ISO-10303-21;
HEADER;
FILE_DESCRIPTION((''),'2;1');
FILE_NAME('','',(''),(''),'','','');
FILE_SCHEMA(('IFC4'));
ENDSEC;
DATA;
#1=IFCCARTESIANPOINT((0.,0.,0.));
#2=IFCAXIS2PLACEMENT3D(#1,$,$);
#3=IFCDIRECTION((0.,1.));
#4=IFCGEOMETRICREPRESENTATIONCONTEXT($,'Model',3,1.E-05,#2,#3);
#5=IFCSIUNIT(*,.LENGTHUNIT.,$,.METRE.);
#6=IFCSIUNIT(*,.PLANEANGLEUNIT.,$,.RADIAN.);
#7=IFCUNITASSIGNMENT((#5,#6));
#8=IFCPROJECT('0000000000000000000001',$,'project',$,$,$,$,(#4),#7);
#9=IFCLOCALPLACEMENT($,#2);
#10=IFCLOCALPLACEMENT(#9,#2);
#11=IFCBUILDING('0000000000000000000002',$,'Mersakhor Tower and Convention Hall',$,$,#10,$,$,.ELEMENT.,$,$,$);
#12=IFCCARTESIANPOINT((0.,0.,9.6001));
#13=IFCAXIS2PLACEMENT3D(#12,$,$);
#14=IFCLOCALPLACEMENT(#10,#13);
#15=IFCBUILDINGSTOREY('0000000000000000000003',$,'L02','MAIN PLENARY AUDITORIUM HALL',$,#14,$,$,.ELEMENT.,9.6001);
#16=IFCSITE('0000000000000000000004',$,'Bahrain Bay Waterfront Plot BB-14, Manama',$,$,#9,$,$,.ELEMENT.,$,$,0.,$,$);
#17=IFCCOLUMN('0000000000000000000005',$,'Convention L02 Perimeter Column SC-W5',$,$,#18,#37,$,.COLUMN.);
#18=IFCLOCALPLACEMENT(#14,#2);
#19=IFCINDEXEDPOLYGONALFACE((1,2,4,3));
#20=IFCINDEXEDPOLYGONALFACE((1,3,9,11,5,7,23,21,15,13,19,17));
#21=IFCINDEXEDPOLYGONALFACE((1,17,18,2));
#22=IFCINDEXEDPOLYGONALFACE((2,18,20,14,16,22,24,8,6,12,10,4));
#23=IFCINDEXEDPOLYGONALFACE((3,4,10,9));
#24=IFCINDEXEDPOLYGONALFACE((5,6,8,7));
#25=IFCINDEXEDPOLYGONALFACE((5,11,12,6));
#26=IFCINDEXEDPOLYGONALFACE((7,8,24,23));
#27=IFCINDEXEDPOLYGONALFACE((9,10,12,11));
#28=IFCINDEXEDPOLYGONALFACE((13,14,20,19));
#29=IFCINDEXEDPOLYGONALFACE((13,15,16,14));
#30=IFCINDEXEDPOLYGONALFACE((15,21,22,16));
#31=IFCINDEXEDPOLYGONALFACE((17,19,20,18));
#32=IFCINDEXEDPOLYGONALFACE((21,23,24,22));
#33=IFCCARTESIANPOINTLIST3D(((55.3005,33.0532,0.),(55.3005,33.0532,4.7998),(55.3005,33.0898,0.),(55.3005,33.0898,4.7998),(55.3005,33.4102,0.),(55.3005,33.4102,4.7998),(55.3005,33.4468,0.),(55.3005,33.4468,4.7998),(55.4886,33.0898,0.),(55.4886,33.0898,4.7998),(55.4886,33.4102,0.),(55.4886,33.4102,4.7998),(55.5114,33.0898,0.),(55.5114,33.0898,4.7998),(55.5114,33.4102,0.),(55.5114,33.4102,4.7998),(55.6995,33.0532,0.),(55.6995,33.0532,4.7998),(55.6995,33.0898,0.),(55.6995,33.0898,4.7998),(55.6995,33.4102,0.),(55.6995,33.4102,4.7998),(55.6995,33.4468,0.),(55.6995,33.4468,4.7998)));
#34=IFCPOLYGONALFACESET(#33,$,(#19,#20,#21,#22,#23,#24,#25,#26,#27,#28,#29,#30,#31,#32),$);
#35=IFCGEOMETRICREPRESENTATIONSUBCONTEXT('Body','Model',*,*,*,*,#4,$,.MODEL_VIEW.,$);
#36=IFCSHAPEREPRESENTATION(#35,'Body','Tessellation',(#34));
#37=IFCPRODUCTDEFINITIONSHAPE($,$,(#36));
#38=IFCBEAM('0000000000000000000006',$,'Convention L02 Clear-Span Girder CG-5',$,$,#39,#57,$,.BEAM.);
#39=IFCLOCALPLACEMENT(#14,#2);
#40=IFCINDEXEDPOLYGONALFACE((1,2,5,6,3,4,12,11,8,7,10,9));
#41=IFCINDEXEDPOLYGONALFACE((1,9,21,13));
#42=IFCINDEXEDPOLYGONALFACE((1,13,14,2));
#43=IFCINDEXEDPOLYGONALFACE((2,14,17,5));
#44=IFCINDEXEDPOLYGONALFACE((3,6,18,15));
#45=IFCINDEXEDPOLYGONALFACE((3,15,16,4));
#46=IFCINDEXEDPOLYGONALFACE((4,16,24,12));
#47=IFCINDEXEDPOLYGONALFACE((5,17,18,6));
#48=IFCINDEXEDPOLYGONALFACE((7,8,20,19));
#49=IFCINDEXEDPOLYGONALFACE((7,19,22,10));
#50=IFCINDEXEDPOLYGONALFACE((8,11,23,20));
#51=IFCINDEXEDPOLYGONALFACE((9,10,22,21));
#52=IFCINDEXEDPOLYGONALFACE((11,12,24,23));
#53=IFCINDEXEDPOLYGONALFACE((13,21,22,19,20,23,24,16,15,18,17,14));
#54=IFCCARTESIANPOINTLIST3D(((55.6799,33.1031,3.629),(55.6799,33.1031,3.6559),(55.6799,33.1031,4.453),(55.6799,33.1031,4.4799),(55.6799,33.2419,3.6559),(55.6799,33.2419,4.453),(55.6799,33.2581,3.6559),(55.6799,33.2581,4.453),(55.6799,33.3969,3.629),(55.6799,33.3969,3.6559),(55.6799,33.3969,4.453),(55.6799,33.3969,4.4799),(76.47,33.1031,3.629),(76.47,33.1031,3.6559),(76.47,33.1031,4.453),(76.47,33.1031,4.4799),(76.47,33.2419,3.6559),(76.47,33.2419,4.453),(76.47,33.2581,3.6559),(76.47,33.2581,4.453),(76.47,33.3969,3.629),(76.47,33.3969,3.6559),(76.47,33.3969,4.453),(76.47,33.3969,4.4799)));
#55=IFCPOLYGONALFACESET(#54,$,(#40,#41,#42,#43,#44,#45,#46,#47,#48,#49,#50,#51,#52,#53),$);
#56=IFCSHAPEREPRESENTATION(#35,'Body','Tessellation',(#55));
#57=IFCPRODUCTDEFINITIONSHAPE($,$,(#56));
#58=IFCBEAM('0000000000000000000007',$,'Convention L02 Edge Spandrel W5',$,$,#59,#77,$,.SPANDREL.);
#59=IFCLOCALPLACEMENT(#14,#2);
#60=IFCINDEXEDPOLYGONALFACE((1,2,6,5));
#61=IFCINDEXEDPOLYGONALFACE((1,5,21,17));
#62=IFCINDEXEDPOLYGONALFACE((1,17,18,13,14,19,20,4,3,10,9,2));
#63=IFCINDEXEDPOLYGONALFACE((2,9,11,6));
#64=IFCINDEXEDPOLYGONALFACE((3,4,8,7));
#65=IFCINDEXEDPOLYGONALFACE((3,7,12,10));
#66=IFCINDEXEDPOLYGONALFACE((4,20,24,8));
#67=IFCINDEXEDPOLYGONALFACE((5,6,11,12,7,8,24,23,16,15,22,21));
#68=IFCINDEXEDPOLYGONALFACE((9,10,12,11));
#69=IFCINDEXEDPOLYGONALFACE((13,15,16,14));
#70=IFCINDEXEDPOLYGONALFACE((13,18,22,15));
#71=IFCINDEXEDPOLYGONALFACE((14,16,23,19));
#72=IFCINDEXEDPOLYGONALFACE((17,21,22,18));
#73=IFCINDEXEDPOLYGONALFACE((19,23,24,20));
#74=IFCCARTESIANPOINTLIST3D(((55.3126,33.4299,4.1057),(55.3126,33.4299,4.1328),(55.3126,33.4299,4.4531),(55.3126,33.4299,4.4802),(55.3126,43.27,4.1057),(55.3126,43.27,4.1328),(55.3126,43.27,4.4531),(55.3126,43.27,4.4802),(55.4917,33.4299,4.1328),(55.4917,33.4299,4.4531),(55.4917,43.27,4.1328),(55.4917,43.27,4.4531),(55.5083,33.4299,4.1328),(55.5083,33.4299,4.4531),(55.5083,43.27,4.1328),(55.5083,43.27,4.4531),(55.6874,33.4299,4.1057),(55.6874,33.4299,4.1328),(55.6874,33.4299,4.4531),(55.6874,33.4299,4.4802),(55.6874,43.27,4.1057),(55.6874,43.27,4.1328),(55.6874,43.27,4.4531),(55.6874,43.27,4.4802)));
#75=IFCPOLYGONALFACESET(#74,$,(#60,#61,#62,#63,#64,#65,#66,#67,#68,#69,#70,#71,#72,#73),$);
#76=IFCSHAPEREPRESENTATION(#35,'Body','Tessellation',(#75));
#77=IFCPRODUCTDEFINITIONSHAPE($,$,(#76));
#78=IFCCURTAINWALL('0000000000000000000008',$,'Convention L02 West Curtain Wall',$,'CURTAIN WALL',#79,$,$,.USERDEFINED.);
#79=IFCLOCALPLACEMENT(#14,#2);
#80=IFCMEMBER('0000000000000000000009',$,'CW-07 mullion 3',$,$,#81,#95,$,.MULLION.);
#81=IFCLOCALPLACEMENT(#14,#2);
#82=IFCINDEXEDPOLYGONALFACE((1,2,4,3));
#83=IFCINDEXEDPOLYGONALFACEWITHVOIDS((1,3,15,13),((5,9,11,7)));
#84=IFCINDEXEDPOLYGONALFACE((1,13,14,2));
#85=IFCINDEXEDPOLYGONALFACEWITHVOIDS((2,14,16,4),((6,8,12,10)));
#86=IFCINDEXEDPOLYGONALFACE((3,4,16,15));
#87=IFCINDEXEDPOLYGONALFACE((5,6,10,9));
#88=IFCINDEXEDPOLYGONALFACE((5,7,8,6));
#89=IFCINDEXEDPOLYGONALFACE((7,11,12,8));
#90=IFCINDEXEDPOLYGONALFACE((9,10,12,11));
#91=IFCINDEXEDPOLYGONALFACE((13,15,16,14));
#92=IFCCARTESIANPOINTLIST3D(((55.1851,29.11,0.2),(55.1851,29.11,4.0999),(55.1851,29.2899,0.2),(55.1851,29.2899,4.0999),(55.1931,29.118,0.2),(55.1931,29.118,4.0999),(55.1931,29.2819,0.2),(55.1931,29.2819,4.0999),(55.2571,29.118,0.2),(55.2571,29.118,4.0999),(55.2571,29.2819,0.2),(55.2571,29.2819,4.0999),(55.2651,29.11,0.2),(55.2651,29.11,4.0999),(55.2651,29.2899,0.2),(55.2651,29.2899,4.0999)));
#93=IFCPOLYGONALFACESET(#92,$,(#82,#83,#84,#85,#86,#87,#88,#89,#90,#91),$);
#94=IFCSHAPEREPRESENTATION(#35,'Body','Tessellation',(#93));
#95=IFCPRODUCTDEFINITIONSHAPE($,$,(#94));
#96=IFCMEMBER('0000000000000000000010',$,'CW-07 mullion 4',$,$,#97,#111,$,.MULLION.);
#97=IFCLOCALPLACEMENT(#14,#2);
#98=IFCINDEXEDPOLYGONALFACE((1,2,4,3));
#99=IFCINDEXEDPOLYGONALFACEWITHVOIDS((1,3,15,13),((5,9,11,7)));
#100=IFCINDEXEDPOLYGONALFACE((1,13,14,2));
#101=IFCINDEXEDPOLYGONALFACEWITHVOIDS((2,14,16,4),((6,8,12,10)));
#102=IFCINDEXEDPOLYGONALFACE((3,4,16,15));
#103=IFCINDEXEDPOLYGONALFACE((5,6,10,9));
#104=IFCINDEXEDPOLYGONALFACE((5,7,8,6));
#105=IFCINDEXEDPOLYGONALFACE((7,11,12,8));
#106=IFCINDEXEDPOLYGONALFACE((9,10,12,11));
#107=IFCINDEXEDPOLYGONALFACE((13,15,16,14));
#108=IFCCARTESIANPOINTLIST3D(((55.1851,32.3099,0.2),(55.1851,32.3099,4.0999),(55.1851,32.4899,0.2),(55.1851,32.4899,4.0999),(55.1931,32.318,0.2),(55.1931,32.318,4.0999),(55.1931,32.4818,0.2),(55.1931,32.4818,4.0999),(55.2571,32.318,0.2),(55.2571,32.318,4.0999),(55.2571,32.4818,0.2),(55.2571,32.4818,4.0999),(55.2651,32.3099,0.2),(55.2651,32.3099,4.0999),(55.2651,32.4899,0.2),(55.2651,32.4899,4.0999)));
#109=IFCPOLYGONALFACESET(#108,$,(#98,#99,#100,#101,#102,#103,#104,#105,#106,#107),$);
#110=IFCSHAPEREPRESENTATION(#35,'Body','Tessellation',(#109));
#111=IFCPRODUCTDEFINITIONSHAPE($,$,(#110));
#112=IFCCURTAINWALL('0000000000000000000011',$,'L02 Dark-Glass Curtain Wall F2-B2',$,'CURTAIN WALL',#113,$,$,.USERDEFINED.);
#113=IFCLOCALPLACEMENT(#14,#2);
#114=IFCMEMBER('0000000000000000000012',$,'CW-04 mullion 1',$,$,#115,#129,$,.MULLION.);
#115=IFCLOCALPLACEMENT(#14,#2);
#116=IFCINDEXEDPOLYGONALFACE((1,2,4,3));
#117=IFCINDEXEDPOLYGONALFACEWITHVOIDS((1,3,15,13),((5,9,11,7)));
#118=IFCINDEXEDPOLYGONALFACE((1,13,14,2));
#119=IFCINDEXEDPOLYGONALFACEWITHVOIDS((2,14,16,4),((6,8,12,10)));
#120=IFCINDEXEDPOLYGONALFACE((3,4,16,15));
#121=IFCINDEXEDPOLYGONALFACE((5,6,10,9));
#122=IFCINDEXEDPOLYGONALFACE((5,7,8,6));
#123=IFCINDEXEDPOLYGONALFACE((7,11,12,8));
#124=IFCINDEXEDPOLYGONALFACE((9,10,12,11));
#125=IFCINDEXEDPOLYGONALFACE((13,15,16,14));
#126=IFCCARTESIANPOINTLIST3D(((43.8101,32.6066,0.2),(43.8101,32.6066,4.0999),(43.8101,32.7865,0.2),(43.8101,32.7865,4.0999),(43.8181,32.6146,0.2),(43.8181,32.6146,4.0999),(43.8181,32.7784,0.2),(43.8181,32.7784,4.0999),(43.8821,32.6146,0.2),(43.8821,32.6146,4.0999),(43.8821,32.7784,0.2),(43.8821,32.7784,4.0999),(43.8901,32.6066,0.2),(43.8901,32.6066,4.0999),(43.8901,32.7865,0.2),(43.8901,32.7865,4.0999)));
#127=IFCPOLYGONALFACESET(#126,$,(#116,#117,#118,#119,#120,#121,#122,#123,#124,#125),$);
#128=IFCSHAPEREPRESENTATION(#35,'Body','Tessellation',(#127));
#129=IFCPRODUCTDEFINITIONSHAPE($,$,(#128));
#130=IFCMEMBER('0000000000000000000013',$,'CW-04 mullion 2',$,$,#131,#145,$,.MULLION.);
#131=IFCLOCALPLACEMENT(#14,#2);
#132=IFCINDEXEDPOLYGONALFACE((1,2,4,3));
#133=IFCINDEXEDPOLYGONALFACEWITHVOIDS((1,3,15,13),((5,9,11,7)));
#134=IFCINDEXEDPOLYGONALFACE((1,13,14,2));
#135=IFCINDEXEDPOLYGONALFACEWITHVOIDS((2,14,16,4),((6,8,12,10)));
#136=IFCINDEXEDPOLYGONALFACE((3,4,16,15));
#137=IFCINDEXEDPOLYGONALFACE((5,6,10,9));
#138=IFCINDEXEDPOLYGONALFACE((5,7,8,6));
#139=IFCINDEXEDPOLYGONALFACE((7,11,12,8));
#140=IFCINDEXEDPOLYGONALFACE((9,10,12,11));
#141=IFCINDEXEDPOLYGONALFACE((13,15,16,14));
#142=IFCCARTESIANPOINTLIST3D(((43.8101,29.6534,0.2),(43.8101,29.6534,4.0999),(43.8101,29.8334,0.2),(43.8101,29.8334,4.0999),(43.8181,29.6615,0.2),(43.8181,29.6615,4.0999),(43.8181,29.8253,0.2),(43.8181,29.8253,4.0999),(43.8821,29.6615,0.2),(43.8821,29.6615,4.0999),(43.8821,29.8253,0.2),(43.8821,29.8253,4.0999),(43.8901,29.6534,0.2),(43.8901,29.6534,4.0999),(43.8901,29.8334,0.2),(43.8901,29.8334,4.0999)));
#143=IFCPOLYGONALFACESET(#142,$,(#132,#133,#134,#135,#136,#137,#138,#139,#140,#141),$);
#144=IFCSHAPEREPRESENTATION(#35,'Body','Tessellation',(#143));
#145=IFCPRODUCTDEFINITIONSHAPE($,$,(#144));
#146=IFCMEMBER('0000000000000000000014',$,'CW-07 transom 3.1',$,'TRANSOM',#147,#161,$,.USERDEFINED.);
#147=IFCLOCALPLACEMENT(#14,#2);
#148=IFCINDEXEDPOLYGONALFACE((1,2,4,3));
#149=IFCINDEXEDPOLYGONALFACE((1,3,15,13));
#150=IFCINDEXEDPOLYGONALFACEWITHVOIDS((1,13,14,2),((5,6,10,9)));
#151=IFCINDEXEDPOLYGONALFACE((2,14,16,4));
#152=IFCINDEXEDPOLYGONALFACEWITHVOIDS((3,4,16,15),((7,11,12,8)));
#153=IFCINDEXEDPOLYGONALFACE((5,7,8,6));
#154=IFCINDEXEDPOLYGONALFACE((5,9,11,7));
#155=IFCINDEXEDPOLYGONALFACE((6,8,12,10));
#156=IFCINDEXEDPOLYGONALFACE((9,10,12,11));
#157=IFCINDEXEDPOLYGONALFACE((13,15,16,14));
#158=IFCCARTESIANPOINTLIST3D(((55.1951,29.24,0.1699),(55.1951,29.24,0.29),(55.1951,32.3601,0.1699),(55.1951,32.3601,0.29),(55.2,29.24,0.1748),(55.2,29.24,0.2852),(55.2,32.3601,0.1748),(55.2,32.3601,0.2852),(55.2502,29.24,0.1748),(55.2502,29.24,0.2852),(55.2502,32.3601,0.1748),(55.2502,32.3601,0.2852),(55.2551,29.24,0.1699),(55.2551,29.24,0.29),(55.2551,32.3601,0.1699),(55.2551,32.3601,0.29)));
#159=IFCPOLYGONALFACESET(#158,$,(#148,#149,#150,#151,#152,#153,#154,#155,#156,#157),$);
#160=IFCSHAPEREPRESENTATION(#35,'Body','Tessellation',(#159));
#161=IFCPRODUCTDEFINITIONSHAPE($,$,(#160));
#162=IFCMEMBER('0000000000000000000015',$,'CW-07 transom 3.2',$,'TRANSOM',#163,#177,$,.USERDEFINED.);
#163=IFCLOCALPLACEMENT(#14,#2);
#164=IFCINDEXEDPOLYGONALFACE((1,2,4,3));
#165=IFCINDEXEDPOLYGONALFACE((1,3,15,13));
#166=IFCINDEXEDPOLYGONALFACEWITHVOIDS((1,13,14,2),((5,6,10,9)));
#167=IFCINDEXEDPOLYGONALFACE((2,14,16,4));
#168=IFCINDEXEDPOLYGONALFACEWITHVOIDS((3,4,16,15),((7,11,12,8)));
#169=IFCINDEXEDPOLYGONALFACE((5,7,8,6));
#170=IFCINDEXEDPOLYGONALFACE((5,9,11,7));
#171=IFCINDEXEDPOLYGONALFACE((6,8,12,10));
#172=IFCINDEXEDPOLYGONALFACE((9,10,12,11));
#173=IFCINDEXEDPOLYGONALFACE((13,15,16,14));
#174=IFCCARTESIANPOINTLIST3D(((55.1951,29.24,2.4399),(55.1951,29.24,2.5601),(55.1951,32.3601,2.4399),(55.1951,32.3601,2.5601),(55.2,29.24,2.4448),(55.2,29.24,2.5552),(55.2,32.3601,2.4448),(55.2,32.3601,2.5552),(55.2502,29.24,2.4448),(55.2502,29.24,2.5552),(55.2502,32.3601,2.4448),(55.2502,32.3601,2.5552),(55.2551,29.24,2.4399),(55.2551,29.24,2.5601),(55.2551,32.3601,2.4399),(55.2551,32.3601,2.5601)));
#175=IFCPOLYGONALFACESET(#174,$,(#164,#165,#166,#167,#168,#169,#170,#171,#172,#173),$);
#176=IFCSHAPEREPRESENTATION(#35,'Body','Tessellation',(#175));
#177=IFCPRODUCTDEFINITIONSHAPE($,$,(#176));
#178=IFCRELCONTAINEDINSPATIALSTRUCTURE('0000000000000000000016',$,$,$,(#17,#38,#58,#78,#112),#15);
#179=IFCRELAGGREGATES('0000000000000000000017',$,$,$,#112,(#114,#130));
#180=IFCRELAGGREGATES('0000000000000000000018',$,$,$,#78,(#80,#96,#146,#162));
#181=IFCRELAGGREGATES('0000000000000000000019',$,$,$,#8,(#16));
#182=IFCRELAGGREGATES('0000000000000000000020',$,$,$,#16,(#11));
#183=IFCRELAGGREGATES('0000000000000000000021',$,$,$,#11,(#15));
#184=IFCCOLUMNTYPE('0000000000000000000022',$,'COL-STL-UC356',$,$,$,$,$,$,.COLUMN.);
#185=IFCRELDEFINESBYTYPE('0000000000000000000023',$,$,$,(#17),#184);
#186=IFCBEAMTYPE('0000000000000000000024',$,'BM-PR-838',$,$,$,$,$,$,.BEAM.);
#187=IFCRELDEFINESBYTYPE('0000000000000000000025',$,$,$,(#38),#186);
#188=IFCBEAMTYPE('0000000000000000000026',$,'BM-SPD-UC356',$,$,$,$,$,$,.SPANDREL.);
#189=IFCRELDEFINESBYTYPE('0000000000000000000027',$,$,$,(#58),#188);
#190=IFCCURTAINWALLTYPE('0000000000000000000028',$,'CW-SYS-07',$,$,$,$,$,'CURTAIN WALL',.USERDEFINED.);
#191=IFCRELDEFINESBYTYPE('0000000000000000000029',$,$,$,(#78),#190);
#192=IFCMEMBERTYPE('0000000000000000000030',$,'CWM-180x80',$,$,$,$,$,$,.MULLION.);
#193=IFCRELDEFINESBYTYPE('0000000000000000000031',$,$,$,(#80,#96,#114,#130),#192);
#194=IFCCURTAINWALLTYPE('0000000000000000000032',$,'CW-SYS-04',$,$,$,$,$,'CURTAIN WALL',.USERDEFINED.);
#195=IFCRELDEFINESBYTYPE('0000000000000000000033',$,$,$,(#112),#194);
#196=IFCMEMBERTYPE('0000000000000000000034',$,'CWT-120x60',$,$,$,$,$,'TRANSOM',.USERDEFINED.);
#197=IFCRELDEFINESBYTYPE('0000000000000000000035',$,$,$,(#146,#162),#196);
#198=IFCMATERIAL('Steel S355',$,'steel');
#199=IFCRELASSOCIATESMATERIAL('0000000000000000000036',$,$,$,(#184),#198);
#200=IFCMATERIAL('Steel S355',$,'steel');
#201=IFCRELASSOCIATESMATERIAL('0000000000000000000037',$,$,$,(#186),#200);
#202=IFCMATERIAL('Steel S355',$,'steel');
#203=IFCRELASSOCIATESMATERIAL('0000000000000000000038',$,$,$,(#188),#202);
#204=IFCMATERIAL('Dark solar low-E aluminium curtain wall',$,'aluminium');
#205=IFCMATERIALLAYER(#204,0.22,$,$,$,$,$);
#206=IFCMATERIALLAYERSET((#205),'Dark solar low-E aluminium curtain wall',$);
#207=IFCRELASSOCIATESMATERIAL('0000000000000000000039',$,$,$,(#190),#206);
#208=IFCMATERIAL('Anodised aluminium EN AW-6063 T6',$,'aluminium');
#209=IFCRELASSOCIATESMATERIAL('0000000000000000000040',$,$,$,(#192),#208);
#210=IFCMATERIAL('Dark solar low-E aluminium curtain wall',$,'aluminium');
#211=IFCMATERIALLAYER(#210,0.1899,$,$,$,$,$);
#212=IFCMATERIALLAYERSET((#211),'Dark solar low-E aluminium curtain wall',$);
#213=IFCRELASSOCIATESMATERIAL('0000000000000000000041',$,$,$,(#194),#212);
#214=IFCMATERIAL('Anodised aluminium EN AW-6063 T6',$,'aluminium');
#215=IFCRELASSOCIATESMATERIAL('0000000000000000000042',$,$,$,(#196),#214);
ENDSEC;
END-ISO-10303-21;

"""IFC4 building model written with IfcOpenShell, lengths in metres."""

from ifc_helpers import new_model, si_unit, direction, frame, origin, origin_2d, place, context, subcontext, project, spatial, hollow_rectangle, i_section, extrude, material, layer, layer_set, material_profile, profile_set, type_object, element, aggregate, save


model = new_model("IFC4")

# Units and contexts
model_context = context("Model", 3, precision=1e-05, world=origin(), true_north=direction((0.0, 1.0)))
body_context = subcontext(model_context, "Body", "Model", "MODEL_VIEW")
ifc_project = project(units=[si_unit("LENGTHUNIT", "METRE"), si_unit("PLANEANGLEUNIT", "RADIAN")], contexts=[model_context])

# Site, building, storey
site_placement = place(None, origin())
site = spatial("IfcSite", under=ifc_project, at=site_placement, Name="Bahrain Bay Waterfront Plot BB-14, Manama", CompositionType="ELEMENT", RefElevation=0.0)
building_placement = place(site_placement, origin())
building = spatial("IfcBuilding", under=site, at=building_placement, Name="Mersakhor Tower and Convention Hall", CompositionType="ELEMENT")
storey_placement = place(building_placement, frame((0.0, 0.0, 9.6001)))
storey = spatial("IfcBuildingStorey", under=building, at=storey_placement, Name="L02", Description="MAIN PLENARY AUDITORIUM HALL", CompositionType="ELEMENT", Elevation=9.6001)

# Column
ifc_material_1 = material(Name="Steel S355", Category="steel")
ifc_material_profile_1 = material_profile(ifc_material_1, i_section(OverallWidth=0.3989, OverallDepth=0.3936, WebThickness=0.0227, FlangeThickness=0.0366, at=origin_2d()), Name="UC 356x406x287")
ifc_profile_set_1 = profile_set([ifc_material_profile_1], Name="Steel S355")
column_type = type_object("IfcColumnType", Name="COL-STL-UC356", PredefinedType="COLUMN", material=ifc_profile_set_1)
column_placement = place(storey_placement, frame((55.5, 33.25, 0.0), z_axis=(0.0, 0.0, 1.0), x_axis=(1.0, 0.0, 0.0)))
element("IfcColumn", 1, at=column_placement, inside=storey, type_object=column_type, Name="Convention L02 Perimeter Column SC-W5", PredefinedType="COLUMN", context=body_context, shape_type="SweptSolid", body=[
    extrude(i_section(OverallWidth=0.3989, OverallDepth=0.3936, WebThickness=0.0227, FlangeThickness=0.0366, at=origin_2d()), origin(), (0.0, 0.0, 1.0), 4.7998),
])

# Beams
ifc_material_2 = material(Name="Steel S355", Category="steel")
ifc_material_profile_2 = material_profile(ifc_material_2, i_section(OverallWidth=0.2937, OverallDepth=0.8508, WebThickness=0.0161, FlangeThickness=0.0269, at=origin_2d()), Name="UB 838x292x226")
ifc_profile_set_2 = profile_set([ifc_material_profile_2], Name="Steel S355")
beam_type_1 = type_object("IfcBeamType", Name="BM-PR-838", PredefinedType="BEAM", material=ifc_profile_set_2)
beam_1_placement = place(storey_placement, frame((55.6799, 33.25, 4.0544), z_axis=(1.0, 0.0, 0.0), x_axis=(0.0, 1.0, 0.0)))
element("IfcBeam", 2, at=beam_1_placement, inside=storey, type_object=beam_type_1, Name="Convention L02 Clear-Span Girder CG-5", PredefinedType="BEAM", context=body_context, shape_type="SweptSolid", body=[
    extrude(i_section(OverallWidth=0.2937, OverallDepth=0.8508, WebThickness=0.0161, FlangeThickness=0.0269, at=origin_2d()), origin(), (0.0, 0.0, 1.0), 20.79),
])
ifc_material_3 = material(Name="Steel S355", Category="steel")
ifc_material_profile_3 = material_profile(ifc_material_3, i_section(OverallWidth=0.3748, OverallDepth=0.3745, WebThickness=0.0166, FlangeThickness=0.0271, at=origin_2d()), Name="UC 356x368x202")
ifc_profile_set_3 = profile_set([ifc_material_profile_3], Name="Steel S355")
beam_type_2 = type_object("IfcBeamType", Name="BM-SPD-UC356", PredefinedType="SPANDREL", material=ifc_profile_set_3)
beam_2_placement = place(storey_placement, frame((55.5, 33.4299, 4.293), z_axis=(0.0, 1.0, 0.0), x_axis=(-1.0, 0.0, 0.0)))
element("IfcBeam", 3, at=beam_2_placement, inside=storey, type_object=beam_type_2, Name="Convention L02 Edge Spandrel W5", PredefinedType="SPANDREL", context=body_context, shape_type="SweptSolid", body=[
    extrude(i_section(OverallWidth=0.3748, OverallDepth=0.3745, WebThickness=0.0166, FlangeThickness=0.0271, at=origin_2d()), origin(), (0.0, 0.0, 1.0), 9.8401),
])

# Curtain walls, members
ifc_material_4 = material(Name="Dark solar low-E aluminium curtain wall", Category="aluminium")
ifc_layer_1 = layer(ifc_material_4, 0.22)
ifc_layer_set_1 = layer_set([ifc_layer_1], Name="Dark solar low-E aluminium curtain wall")
curtain_wall_type_1 = type_object("IfcCurtainWallType", Name="CW-SYS-07", ElementType="CURTAIN WALL", PredefinedType="USERDEFINED", material=ifc_layer_set_1)
curtain_wall_1_placement = place(storey_placement, origin())
curtain_wall_1 = element("IfcCurtainWall", 4, at=curtain_wall_1_placement, inside=storey, type_object=curtain_wall_type_1, Name="Convention L02 West Curtain Wall", ObjectType="CURTAIN WALL", PredefinedType="USERDEFINED")
ifc_material_5 = material(Name="Anodised aluminium EN AW-6063 T6", Category="aluminium")
ifc_material_profile_4 = material_profile(ifc_material_5, hollow_rectangle(XDim=0.0801, YDim=0.1799, WallThickness=0.0081, at=origin_2d()), Name="RHS 180x80x8")
ifc_profile_set_4 = profile_set([ifc_material_profile_4], Name="Anodised aluminium EN AW-6063 T6")
member_type_1 = type_object("IfcMemberType", Name="CWM-180x80", PredefinedType="MULLION", material=ifc_profile_set_4)
member_1_placement = place(storey_placement, frame((55.2251, 29.2, 0.2), z_axis=(0.0, 0.0, 1.0), x_axis=(-1.0, 0.0, 0.0)))
member_1 = element("IfcMember", 5, at=member_1_placement, type_object=member_type_1, Name="CW-07 mullion 3", PredefinedType="MULLION", context=body_context, shape_type="SweptSolid", body=[
    extrude(hollow_rectangle(XDim=0.0801, YDim=0.1799, WallThickness=0.0081, at=origin_2d()), origin(), (0.0, 0.0, 1.0), 3.8999),
])
member_2_placement = place(storey_placement, frame((55.2251, 32.3999, 0.2), z_axis=(0.0, 0.0, 1.0), x_axis=(-1.0, 0.0, 0.0)))
member_2 = element("IfcMember", 6, at=member_2_placement, type_object=member_type_1, Name="CW-07 mullion 4", PredefinedType="MULLION", context=body_context, shape_type="SweptSolid", body=[
    extrude(hollow_rectangle(XDim=0.0801, YDim=0.1799, WallThickness=0.0081, at=origin_2d()), origin(), (0.0, 0.0, 1.0), 3.8999),
])
ifc_material_6 = material(Name="Dark solar low-E aluminium curtain wall", Category="aluminium")
ifc_layer_2 = layer(ifc_material_6, 0.1899)
ifc_layer_set_2 = layer_set([ifc_layer_2], Name="Dark solar low-E aluminium curtain wall")
curtain_wall_type_2 = type_object("IfcCurtainWallType", Name="CW-SYS-04", ElementType="CURTAIN WALL", PredefinedType="USERDEFINED", material=ifc_layer_set_2)
curtain_wall_2_placement = place(storey_placement, origin())
curtain_wall_2 = element("IfcCurtainWall", 7, at=curtain_wall_2_placement, inside=storey, type_object=curtain_wall_type_2, Name="L02 Dark-Glass Curtain Wall F2-B2", ObjectType="CURTAIN WALL", PredefinedType="USERDEFINED")
member_3_placement = place(storey_placement, frame((43.8501, 32.6965, 0.2), z_axis=(0.0, 0.0, 1.0), x_axis=(1.0, 0.0, 0.0)))
member_3 = element("IfcMember", 8, at=member_3_placement, type_object=member_type_1, Name="CW-04 mullion 1", PredefinedType="MULLION", context=body_context, shape_type="SweptSolid", body=[
    extrude(hollow_rectangle(XDim=0.0801, YDim=0.1799, WallThickness=0.0081, at=origin_2d()), origin(), (0.0, 0.0, 1.0), 3.8999),
])
member_4_placement = place(storey_placement, frame((43.8501, 29.7434, 0.2), z_axis=(0.0, 0.0, 1.0), x_axis=(1.0, 0.0, 0.0)))
member_4 = element("IfcMember", 9, at=member_4_placement, type_object=member_type_1, Name="CW-04 mullion 2", PredefinedType="MULLION", context=body_context, shape_type="SweptSolid", body=[
    extrude(hollow_rectangle(XDim=0.0801, YDim=0.1799, WallThickness=0.0081, at=origin_2d()), origin(), (0.0, 0.0, 1.0), 3.8999),
])

# Members
ifc_material_7 = material(Name="Anodised aluminium EN AW-6063 T6", Category="aluminium")
ifc_material_profile_5 = material_profile(ifc_material_7, hollow_rectangle(XDim=0.0601, YDim=0.1201, WallThickness=0.0049, at=origin_2d()), Name="RHS 120x60x5")
ifc_profile_set_5 = profile_set([ifc_material_profile_5], Name="Anodised aluminium EN AW-6063 T6")
member_type_2 = type_object("IfcMemberType", Name="CWT-120x60", ElementType="TRANSOM", PredefinedType="USERDEFINED", material=ifc_profile_set_5)
member_5_placement = place(storey_placement, frame((55.2251, 29.24, 0.23), z_axis=(0.0, 1.0, 0.0), x_axis=(-1.0, 0.0, 0.0)))
member_5 = element("IfcMember", 10, at=member_5_placement, type_object=member_type_2, Name="CW-07 transom 3.1", ObjectType="TRANSOM", PredefinedType="USERDEFINED", context=body_context, shape_type="SweptSolid", body=[
    extrude(hollow_rectangle(XDim=0.0601, YDim=0.1201, WallThickness=0.0049, at=origin_2d()), origin(), (0.0, 0.0, 1.0), 3.1201),
])
member_6_placement = place(storey_placement, frame((55.2251, 29.24, 2.5), z_axis=(0.0, 1.0, 0.0), x_axis=(-1.0, 0.0, 0.0)))
member_6 = element("IfcMember", 11, at=member_6_placement, type_object=member_type_2, Name="CW-07 transom 3.2", ObjectType="TRANSOM", PredefinedType="USERDEFINED", context=body_context, shape_type="SweptSolid", body=[
    extrude(hollow_rectangle(XDim=0.0601, YDim=0.1201, WallThickness=0.0049, at=origin_2d()), origin(), (0.0, 0.0, 1.0), 3.1201),
])

aggregate(curtain_wall_2, [member_3, member_4])
aggregate(curtain_wall_1, [member_1, member_2, member_5, member_6])

save(model, "model.ifc")
